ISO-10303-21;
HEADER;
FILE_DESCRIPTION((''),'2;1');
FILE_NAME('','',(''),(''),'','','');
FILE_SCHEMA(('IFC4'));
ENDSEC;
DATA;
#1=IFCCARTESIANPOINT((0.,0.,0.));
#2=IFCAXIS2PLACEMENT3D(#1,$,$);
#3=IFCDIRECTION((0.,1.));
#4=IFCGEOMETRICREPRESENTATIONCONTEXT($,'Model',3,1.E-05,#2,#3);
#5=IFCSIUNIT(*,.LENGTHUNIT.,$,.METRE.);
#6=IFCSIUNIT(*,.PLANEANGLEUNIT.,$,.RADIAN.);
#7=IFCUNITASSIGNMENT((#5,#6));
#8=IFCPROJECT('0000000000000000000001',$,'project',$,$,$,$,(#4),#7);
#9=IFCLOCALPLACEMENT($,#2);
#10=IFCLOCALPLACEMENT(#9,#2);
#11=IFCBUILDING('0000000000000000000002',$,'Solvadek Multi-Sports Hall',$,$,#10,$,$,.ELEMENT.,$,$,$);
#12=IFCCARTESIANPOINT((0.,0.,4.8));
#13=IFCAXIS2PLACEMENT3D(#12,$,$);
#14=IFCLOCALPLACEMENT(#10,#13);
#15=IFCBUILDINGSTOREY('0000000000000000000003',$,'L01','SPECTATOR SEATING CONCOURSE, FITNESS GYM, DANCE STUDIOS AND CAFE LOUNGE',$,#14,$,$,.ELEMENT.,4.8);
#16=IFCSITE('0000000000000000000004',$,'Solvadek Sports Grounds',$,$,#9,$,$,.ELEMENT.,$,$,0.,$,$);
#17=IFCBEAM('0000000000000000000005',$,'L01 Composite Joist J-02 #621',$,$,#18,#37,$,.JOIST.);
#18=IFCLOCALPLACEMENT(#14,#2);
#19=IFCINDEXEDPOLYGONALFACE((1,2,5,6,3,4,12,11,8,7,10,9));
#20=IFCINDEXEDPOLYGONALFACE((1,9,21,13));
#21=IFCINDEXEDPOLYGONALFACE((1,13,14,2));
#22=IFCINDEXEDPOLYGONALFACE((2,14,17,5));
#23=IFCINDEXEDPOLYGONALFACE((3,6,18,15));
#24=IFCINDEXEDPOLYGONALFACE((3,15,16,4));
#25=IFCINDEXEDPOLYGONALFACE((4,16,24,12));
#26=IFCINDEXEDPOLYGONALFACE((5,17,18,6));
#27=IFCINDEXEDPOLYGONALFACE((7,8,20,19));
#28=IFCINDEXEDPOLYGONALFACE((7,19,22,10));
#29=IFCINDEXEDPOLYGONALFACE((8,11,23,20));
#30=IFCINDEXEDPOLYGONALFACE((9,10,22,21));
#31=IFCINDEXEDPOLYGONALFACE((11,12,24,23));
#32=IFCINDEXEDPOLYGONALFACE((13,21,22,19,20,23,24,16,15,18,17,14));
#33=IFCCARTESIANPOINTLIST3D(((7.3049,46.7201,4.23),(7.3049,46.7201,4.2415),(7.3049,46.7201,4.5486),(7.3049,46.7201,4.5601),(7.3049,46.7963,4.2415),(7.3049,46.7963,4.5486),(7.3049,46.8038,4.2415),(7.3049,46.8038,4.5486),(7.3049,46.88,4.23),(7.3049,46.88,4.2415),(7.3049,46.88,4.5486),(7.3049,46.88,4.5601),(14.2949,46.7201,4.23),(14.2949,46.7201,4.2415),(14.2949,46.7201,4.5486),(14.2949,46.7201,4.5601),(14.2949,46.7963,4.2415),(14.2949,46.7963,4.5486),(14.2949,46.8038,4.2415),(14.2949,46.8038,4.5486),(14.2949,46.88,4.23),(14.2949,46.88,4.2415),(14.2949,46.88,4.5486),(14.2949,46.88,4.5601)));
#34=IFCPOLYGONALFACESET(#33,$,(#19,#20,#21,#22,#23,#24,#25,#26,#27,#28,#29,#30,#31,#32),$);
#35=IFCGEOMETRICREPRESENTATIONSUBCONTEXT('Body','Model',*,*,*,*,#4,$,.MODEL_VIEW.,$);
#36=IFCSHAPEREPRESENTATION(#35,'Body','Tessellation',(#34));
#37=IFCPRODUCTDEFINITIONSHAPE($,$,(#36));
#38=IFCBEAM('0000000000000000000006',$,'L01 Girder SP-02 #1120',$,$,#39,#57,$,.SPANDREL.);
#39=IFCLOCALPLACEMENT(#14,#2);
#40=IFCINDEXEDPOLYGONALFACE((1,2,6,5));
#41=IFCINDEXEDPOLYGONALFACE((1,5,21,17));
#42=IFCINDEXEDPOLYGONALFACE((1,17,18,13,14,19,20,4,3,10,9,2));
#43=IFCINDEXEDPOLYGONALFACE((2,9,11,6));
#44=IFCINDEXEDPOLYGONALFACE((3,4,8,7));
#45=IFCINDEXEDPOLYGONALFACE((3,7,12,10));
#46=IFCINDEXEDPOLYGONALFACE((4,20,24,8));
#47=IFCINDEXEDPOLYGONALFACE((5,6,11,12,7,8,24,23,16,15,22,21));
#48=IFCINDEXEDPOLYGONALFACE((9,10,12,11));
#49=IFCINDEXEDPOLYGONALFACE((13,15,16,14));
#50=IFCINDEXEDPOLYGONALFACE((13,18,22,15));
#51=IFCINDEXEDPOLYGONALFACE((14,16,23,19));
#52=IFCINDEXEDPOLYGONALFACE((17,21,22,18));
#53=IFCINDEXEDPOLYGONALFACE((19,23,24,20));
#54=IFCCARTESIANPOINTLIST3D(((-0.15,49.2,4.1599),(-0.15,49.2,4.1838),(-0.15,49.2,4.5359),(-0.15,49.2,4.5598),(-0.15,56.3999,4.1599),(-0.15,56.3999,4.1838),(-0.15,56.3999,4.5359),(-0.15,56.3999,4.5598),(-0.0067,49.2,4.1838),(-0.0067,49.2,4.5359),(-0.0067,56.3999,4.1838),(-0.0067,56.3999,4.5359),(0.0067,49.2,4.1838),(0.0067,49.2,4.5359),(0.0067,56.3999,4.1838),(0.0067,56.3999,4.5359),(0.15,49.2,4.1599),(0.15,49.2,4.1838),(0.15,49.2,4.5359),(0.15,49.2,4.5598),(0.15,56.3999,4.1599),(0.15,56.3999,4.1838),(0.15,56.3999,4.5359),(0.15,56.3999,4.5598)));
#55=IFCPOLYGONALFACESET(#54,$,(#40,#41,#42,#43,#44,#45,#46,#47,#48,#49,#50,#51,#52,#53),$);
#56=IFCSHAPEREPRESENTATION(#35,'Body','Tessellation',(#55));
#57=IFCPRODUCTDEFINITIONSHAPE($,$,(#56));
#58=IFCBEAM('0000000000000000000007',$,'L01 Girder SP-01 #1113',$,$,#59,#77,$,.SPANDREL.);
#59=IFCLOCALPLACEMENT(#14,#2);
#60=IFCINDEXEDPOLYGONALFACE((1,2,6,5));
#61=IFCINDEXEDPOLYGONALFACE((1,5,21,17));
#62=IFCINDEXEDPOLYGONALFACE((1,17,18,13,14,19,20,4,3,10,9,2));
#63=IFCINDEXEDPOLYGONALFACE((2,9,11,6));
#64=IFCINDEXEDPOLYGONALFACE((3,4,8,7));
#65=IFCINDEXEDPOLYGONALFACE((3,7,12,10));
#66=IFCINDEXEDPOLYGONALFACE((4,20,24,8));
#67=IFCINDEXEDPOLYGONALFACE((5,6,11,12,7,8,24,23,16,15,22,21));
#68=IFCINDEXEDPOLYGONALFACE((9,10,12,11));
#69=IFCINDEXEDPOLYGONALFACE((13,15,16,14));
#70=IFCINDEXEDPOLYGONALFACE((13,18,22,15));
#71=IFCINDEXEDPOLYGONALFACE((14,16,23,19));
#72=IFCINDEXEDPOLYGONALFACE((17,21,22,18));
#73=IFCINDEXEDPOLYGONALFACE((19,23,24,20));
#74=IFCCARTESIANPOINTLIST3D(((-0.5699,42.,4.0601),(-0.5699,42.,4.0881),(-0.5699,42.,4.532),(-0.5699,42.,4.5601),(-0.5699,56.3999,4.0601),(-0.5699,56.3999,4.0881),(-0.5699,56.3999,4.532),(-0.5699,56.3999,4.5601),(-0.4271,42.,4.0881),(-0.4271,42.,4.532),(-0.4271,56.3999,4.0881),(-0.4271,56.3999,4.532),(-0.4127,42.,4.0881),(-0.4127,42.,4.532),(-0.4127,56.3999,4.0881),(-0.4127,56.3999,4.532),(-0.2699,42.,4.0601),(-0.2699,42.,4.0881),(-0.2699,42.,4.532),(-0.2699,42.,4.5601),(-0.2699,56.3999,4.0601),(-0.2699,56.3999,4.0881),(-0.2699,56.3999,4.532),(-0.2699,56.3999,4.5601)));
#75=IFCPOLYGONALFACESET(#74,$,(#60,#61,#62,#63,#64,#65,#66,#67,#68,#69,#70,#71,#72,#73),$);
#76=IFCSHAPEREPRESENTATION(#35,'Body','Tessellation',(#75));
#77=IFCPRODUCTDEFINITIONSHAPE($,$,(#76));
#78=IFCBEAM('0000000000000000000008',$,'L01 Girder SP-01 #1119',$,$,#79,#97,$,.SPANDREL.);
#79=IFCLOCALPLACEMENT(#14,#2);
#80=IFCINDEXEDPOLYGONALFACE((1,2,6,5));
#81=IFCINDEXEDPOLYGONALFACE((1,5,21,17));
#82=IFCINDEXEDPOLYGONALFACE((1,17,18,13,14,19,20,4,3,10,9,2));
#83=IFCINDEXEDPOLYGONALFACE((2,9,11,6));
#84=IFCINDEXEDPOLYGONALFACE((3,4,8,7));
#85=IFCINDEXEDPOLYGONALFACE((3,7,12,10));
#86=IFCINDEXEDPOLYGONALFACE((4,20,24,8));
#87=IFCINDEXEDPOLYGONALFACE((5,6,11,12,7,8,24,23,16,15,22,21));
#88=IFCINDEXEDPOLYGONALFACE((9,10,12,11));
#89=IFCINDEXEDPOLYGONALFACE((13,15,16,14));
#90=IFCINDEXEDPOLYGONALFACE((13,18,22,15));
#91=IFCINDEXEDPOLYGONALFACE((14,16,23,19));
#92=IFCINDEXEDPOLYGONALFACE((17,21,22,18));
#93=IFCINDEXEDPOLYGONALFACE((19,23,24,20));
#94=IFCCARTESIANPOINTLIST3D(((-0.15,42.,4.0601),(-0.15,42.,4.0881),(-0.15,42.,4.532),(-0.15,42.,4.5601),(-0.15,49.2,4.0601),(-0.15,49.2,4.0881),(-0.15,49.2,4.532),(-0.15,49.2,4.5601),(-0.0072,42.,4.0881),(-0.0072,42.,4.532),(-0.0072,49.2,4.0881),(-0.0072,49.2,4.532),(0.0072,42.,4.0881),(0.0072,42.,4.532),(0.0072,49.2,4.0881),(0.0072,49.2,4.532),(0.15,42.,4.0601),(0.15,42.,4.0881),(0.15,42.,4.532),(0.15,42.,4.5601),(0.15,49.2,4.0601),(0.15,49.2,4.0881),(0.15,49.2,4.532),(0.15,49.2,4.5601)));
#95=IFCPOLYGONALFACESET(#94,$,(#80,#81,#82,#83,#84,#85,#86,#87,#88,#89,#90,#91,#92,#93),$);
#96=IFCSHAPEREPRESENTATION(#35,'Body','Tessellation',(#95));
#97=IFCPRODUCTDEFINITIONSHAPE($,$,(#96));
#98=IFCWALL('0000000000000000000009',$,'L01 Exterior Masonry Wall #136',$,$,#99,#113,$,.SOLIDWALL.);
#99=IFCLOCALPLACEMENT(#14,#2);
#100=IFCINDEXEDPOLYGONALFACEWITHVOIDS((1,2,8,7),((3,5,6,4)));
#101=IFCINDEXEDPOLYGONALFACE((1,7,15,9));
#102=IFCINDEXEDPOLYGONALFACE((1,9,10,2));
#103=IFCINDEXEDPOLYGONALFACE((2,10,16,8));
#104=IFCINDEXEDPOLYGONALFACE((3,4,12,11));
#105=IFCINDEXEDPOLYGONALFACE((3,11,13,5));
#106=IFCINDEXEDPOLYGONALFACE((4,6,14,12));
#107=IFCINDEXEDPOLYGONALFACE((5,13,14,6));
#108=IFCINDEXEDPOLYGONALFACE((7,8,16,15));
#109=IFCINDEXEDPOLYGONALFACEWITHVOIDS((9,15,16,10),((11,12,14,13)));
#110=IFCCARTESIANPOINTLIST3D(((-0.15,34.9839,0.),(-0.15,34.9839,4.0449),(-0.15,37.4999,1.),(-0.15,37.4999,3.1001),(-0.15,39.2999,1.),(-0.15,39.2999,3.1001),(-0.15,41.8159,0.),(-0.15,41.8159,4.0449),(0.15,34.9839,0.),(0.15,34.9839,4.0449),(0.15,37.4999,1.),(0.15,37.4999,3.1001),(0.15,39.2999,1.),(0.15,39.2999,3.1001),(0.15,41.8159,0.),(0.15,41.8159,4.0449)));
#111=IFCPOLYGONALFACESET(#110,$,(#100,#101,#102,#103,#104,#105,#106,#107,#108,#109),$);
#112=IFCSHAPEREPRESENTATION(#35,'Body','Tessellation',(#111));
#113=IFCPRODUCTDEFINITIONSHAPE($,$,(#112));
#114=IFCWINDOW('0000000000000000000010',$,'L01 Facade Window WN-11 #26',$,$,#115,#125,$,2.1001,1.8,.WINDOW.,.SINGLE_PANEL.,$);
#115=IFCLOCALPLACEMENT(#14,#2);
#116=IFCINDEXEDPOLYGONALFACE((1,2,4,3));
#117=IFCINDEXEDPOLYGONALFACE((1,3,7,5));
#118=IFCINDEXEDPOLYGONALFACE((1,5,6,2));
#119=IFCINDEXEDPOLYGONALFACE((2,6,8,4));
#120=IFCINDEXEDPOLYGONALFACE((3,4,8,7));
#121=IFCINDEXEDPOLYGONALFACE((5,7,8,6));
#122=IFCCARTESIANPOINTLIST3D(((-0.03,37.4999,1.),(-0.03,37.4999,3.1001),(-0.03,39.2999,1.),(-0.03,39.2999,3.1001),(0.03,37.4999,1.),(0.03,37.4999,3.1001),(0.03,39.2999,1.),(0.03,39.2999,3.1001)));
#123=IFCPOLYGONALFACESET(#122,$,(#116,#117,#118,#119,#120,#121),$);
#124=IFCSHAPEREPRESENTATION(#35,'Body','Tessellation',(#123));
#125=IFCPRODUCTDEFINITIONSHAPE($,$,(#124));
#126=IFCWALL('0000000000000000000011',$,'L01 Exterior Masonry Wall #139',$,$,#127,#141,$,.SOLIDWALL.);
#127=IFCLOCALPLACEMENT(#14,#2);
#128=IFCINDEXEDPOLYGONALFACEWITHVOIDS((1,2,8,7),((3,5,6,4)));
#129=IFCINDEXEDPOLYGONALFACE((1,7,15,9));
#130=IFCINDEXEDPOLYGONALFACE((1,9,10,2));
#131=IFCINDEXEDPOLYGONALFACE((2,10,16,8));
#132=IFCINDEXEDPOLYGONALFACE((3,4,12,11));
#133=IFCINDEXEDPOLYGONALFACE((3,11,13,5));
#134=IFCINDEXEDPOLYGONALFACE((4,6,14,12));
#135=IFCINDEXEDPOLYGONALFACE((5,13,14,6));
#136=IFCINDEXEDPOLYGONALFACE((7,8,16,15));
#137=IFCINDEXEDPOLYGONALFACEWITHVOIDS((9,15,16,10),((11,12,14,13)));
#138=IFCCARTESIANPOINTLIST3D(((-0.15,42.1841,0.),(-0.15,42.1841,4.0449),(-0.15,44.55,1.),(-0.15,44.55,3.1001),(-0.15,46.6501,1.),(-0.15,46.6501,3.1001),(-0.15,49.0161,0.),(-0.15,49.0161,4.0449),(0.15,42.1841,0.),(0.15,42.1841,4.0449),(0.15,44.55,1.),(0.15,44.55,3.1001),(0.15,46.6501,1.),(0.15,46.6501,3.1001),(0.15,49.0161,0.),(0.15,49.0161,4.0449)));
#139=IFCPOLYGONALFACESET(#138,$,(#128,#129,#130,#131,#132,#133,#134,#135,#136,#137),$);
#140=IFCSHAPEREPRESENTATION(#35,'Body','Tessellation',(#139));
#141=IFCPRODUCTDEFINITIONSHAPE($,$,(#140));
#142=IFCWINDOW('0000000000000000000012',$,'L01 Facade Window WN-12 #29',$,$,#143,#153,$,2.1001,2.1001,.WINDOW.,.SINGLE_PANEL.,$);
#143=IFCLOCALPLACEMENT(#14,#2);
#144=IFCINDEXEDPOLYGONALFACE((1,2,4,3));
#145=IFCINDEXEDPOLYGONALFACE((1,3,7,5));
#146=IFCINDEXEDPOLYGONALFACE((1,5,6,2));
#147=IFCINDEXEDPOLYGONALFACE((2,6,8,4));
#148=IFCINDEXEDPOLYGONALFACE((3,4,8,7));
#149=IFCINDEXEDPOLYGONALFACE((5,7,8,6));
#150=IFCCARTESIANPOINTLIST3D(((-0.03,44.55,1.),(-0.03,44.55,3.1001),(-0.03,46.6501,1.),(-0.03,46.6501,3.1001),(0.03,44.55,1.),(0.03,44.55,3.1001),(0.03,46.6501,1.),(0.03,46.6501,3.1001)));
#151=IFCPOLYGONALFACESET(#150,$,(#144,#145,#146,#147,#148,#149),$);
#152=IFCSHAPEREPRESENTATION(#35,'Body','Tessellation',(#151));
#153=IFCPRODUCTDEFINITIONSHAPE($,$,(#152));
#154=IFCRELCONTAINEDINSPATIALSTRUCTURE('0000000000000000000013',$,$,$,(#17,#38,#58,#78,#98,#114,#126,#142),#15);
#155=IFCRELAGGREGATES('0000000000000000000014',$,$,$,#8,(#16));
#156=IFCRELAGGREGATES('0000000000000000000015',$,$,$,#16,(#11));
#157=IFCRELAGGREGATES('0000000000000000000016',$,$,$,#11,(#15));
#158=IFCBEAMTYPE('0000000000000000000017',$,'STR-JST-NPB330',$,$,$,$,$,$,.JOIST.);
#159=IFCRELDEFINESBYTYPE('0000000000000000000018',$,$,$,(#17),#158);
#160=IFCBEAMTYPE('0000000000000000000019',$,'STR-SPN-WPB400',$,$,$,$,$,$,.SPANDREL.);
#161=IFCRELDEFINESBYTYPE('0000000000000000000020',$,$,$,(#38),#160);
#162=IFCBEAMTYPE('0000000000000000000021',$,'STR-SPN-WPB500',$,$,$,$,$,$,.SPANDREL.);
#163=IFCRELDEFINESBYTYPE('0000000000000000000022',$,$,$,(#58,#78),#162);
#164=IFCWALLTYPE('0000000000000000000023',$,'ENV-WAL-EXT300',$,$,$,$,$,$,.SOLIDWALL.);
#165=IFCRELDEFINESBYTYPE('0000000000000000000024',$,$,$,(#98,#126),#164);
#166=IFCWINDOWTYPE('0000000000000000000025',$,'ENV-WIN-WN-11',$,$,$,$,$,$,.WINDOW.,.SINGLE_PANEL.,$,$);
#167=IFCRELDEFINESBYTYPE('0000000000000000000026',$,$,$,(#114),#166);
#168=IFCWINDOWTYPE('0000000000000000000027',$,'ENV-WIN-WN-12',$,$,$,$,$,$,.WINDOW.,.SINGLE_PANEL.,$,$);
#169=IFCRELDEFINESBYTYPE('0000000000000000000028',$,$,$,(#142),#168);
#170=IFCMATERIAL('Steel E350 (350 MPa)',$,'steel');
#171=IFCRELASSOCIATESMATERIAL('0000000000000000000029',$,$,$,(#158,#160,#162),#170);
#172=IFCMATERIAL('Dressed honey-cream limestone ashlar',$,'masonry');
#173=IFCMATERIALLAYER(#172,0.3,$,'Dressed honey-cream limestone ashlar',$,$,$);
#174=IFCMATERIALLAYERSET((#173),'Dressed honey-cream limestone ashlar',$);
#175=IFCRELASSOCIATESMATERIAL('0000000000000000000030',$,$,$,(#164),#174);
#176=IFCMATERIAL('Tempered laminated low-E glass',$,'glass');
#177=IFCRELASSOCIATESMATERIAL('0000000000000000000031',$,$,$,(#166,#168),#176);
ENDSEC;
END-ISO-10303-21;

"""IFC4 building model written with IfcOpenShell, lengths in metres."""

from ifc_helpers import new_model, si_unit, direction, frame, frame_2d, origin, origin_2d, place, context, subcontext, project, spatial, rectangle, i_section, extrude, material, layer, layer_set, material_profile, profile_set, type_object, element, fill, save


model = new_model("IFC4")

# Units and contexts
model_context = context("Model", 3, precision=1e-05, world=origin(), true_north=direction((0.0, 1.0)))
body_context = subcontext(model_context, "Body", "Model", "MODEL_VIEW")
ifc_project = project(units=[si_unit("LENGTHUNIT", "METRE"), si_unit("PLANEANGLEUNIT", "RADIAN")], contexts=[model_context])

# Site, building, storey
site_placement = place(None, origin())
site = spatial("IfcSite", under=ifc_project, at=site_placement, Name="Solvadek Sports Grounds", CompositionType="ELEMENT", RefElevation=0.0)
building_placement = place(site_placement, origin())
building = spatial("IfcBuilding", under=site, at=building_placement, Name="Solvadek Multi-Sports Hall", CompositionType="ELEMENT")
storey_placement = place(building_placement, frame((0.0, 0.0, 4.8)))
storey = spatial("IfcBuildingStorey", under=building, at=storey_placement, Name="L01", Description="SPECTATOR SEATING CONCOURSE, FITNESS GYM, DANCE STUDIOS AND CAFE LOUNGE", CompositionType="ELEMENT", Elevation=4.8)

# Shared definitions
ifc_material_1 = material(Name="Steel E350 (350 MPa)", Category="steel")

# Beams
ifc_material_profile_1 = material_profile(ifc_material_1, i_section(OverallWidth=0.1599, OverallDepth=0.3301, WebThickness=0.0076, FlangeThickness=0.0115, at=origin_2d()), Name="NPB 330")
ifc_profile_set_1 = profile_set([ifc_material_profile_1], Name="Steel E350 (350 MPa)")
beam_type_1 = type_object("IfcBeamType", Name="STR-JST-NPB330", PredefinedType="JOIST", material=ifc_profile_set_1)
for number, where, z_axis, x_axis, name in (
    (1, (7.3049, 46.8, 4.395), (1.0, 0.0, 0.0), (0.0, 1.0, 0.0), "L01 Composite Joist J-02 #621"),
):
    element("IfcBeam", number, at=place(storey_placement, frame(where, z_axis=z_axis, x_axis=x_axis)), inside=storey, type_object=beam_type_1, Name=name, PredefinedType="JOIST", context=body_context, shape_type="SweptSolid", body=[
        extrude(i_section(OverallWidth=0.1599, OverallDepth=0.3301, WebThickness=0.0076, FlangeThickness=0.0115, at=origin_2d()), origin(), (0.0, 0.0, 1.0), 6.99),
    ])
ifc_material_profile_2 = material_profile(ifc_material_1, i_section(OverallWidth=0.3, OverallDepth=0.3999, WebThickness=0.0134, FlangeThickness=0.0239, at=origin_2d()), Name="WPB 400")
ifc_profile_set_2 = profile_set([ifc_material_profile_2], Name="Steel E350 (350 MPa)")
beam_type_2 = type_object("IfcBeamType", Name="STR-SPN-WPB400", PredefinedType="SPANDREL", material=ifc_profile_set_2)
beam_1_placement = place(storey_placement, frame((0.0, 49.2, 4.3599), z_axis=(0.0, 1.0, 0.0), x_axis=(-1.0, 0.0, 0.0)))
element("IfcBeam", 2, at=beam_1_placement, inside=storey, type_object=beam_type_2, Name="L01 Girder SP-02 #1120", PredefinedType="SPANDREL", context=body_context, shape_type="SweptSolid", body=[
    extrude(i_section(OverallWidth=0.3, OverallDepth=0.3999, WebThickness=0.0134, FlangeThickness=0.0239, at=origin_2d()), origin(), (0.0, 0.0, 1.0), 7.2),
])
ifc_material_profile_3 = material_profile(ifc_material_1, i_section(OverallWidth=0.3, OverallDepth=0.5, WebThickness=0.0144, FlangeThickness=0.0281, at=origin_2d()), Name="WPB 500")
ifc_profile_set_3 = profile_set([ifc_material_profile_3], Name="Steel E350 (350 MPa)")
beam_type_3 = type_object("IfcBeamType", Name="STR-SPN-WPB500", PredefinedType="SPANDREL", material=ifc_profile_set_3)
beam_2_placement = place(storey_placement, frame((-0.4199, 42.0, 4.3101), z_axis=(0.0, 1.0, 0.0), x_axis=(-1.0, 0.0, 0.0)))
element("IfcBeam", 3, at=beam_2_placement, inside=storey, type_object=beam_type_3, Name="L01 Girder SP-01 #1113", PredefinedType="SPANDREL", context=body_context, shape_type="SweptSolid", body=[
    extrude(i_section(OverallWidth=0.3, OverallDepth=0.5, WebThickness=0.0144, FlangeThickness=0.0281, at=origin_2d()), origin(), (0.0, 0.0, 1.0), 14.3999),
])
beam_3_placement = place(storey_placement, frame((0.0, 42.0, 4.3101), z_axis=(0.0, 1.0, 0.0), x_axis=(-1.0, 0.0, 0.0)))
element("IfcBeam", 4, at=beam_3_placement, inside=storey, type_object=beam_type_3, Name="L01 Girder SP-01 #1119", PredefinedType="SPANDREL", context=body_context, shape_type="SweptSolid", body=[
    extrude(i_section(OverallWidth=0.3, OverallDepth=0.5, WebThickness=0.0144, FlangeThickness=0.0281, at=origin_2d()), origin(), (0.0, 0.0, 1.0), 7.2),
])

# Walls, openings, windows
ifc_material_2 = material(Name="Dressed honey-cream limestone ashlar", Category="masonry")
ifc_layer_1 = layer(ifc_material_2, 0.3, Name="Dressed honey-cream limestone ashlar")
ifc_layer_set_1 = layer_set([ifc_layer_1], Name="Dressed honey-cream limestone ashlar")
wall_type_1 = type_object("IfcWallType", Name="ENV-WAL-EXT300", PredefinedType="SOLIDWALL", material=ifc_layer_set_1)
wall_1_placement = place(storey_placement, frame((0.0, 34.9839, 0.0), z_axis=(0.0, 0.0, 1.0), x_axis=(0.0, 1.0, 0.0)))
wall_1 = element("IfcWall", 5, at=wall_1_placement, inside=storey, type_object=wall_type_1, Name="L01 Exterior Masonry Wall #136", PredefinedType="SOLIDWALL", context=body_context, shape_type="SweptSolid", body=[
    extrude(rectangle(XDim=6.832, YDim=0.3, at=frame_2d((3.416, 0.0))), origin(), (0.0, 0.0, 1.0), 4.0449),
])
opening_1_placement = place(wall_1_placement, frame((2.5161, 0.0, 1.0)))
opening_1 = element("IfcOpeningElement", 6, at=opening_1_placement, cuts=wall_1, PredefinedType="OPENING", context=body_context, shape_type="SweptSolid", body=[
    extrude(rectangle(XDim=1.8, YDim=2.1001, at=frame_2d((0.8999, 1.05))), frame((0.0, 0.1599, 0.0), z_axis=(0.0, -1.0, 0.0), x_axis=(1.0, 0.0, 0.0)), (0.0, 0.0, 1.0), 0.3201),
])
ifc_material_3 = material(Name="Tempered laminated low-E glass", Category="glass")
window_type_1 = type_object("IfcWindowType", Name="ENV-WIN-WN-11", PartitioningType="SINGLE_PANEL", PredefinedType="WINDOW", material=ifc_material_3)
window_1_placement = place(opening_1_placement, origin())
window_1 = element("IfcWindow", 7, at=window_1_placement, inside=storey, type_object=window_type_1, Name="L01 Facade Window WN-11 #26", OverallHeight=2.1001, OverallWidth=1.8, PartitioningType="SINGLE_PANEL", PredefinedType="WINDOW", context=body_context, shape_type="SweptSolid", body=[
    extrude(rectangle(XDim=1.8, YDim=2.1001, at=frame_2d((0.8999, 1.05))), frame((0.0, 0.03, 0.0), z_axis=(0.0, -1.0, 0.0), x_axis=(1.0, 0.0, 0.0)), (0.0, 0.0, 1.0), 0.0601),
])
fill(opening_1, window_1)
wall_2_placement = place(storey_placement, frame((0.0, 42.1841, 0.0), z_axis=(0.0, 0.0, 1.0), x_axis=(0.0, 1.0, 0.0)))
wall_2 = element("IfcWall", 8, at=wall_2_placement, inside=storey, type_object=wall_type_1, Name="L01 Exterior Masonry Wall #139", PredefinedType="SOLIDWALL", context=body_context, shape_type="SweptSolid", body=[
    extrude(rectangle(XDim=6.832, YDim=0.3, at=frame_2d((3.416, 0.0))), origin(), (0.0, 0.0, 1.0), 4.0449),
])
opening_2_placement = place(wall_2_placement, frame((2.366, 0.0, 1.0)))
opening_2 = element("IfcOpeningElement", 9, at=opening_2_placement, cuts=wall_2, PredefinedType="OPENING", context=body_context, shape_type="SweptSolid", body=[
    extrude(rectangle(XDim=2.1001, YDim=2.1001, at=frame_2d((1.05, 1.05))), frame((0.0, 0.1599, 0.0), z_axis=(0.0, -1.0, 0.0), x_axis=(1.0, 0.0, 0.0)), (0.0, 0.0, 1.0), 0.3201),
])
window_type_2 = type_object("IfcWindowType", Name="ENV-WIN-WN-12", PartitioningType="SINGLE_PANEL", PredefinedType="WINDOW", material=ifc_material_3)
window_2_placement = place(opening_2_placement, origin())
window_2 = element("IfcWindow", 10, at=window_2_placement, inside=storey, type_object=window_type_2, Name="L01 Facade Window WN-12 #29", OverallHeight=2.1001, OverallWidth=2.1001, PartitioningType="SINGLE_PANEL", PredefinedType="WINDOW", context=body_context, shape_type="SweptSolid", body=[
    extrude(rectangle(XDim=2.1001, YDim=2.1001, at=frame_2d((1.05, 1.05))), frame((0.0, 0.03, 0.0), z_axis=(0.0, -1.0, 0.0), x_axis=(1.0, 0.0, 0.0)), (0.0, 0.0, 1.0), 0.0601),
])
fill(opening_2, window_2)

save(model, "model.ifc")
